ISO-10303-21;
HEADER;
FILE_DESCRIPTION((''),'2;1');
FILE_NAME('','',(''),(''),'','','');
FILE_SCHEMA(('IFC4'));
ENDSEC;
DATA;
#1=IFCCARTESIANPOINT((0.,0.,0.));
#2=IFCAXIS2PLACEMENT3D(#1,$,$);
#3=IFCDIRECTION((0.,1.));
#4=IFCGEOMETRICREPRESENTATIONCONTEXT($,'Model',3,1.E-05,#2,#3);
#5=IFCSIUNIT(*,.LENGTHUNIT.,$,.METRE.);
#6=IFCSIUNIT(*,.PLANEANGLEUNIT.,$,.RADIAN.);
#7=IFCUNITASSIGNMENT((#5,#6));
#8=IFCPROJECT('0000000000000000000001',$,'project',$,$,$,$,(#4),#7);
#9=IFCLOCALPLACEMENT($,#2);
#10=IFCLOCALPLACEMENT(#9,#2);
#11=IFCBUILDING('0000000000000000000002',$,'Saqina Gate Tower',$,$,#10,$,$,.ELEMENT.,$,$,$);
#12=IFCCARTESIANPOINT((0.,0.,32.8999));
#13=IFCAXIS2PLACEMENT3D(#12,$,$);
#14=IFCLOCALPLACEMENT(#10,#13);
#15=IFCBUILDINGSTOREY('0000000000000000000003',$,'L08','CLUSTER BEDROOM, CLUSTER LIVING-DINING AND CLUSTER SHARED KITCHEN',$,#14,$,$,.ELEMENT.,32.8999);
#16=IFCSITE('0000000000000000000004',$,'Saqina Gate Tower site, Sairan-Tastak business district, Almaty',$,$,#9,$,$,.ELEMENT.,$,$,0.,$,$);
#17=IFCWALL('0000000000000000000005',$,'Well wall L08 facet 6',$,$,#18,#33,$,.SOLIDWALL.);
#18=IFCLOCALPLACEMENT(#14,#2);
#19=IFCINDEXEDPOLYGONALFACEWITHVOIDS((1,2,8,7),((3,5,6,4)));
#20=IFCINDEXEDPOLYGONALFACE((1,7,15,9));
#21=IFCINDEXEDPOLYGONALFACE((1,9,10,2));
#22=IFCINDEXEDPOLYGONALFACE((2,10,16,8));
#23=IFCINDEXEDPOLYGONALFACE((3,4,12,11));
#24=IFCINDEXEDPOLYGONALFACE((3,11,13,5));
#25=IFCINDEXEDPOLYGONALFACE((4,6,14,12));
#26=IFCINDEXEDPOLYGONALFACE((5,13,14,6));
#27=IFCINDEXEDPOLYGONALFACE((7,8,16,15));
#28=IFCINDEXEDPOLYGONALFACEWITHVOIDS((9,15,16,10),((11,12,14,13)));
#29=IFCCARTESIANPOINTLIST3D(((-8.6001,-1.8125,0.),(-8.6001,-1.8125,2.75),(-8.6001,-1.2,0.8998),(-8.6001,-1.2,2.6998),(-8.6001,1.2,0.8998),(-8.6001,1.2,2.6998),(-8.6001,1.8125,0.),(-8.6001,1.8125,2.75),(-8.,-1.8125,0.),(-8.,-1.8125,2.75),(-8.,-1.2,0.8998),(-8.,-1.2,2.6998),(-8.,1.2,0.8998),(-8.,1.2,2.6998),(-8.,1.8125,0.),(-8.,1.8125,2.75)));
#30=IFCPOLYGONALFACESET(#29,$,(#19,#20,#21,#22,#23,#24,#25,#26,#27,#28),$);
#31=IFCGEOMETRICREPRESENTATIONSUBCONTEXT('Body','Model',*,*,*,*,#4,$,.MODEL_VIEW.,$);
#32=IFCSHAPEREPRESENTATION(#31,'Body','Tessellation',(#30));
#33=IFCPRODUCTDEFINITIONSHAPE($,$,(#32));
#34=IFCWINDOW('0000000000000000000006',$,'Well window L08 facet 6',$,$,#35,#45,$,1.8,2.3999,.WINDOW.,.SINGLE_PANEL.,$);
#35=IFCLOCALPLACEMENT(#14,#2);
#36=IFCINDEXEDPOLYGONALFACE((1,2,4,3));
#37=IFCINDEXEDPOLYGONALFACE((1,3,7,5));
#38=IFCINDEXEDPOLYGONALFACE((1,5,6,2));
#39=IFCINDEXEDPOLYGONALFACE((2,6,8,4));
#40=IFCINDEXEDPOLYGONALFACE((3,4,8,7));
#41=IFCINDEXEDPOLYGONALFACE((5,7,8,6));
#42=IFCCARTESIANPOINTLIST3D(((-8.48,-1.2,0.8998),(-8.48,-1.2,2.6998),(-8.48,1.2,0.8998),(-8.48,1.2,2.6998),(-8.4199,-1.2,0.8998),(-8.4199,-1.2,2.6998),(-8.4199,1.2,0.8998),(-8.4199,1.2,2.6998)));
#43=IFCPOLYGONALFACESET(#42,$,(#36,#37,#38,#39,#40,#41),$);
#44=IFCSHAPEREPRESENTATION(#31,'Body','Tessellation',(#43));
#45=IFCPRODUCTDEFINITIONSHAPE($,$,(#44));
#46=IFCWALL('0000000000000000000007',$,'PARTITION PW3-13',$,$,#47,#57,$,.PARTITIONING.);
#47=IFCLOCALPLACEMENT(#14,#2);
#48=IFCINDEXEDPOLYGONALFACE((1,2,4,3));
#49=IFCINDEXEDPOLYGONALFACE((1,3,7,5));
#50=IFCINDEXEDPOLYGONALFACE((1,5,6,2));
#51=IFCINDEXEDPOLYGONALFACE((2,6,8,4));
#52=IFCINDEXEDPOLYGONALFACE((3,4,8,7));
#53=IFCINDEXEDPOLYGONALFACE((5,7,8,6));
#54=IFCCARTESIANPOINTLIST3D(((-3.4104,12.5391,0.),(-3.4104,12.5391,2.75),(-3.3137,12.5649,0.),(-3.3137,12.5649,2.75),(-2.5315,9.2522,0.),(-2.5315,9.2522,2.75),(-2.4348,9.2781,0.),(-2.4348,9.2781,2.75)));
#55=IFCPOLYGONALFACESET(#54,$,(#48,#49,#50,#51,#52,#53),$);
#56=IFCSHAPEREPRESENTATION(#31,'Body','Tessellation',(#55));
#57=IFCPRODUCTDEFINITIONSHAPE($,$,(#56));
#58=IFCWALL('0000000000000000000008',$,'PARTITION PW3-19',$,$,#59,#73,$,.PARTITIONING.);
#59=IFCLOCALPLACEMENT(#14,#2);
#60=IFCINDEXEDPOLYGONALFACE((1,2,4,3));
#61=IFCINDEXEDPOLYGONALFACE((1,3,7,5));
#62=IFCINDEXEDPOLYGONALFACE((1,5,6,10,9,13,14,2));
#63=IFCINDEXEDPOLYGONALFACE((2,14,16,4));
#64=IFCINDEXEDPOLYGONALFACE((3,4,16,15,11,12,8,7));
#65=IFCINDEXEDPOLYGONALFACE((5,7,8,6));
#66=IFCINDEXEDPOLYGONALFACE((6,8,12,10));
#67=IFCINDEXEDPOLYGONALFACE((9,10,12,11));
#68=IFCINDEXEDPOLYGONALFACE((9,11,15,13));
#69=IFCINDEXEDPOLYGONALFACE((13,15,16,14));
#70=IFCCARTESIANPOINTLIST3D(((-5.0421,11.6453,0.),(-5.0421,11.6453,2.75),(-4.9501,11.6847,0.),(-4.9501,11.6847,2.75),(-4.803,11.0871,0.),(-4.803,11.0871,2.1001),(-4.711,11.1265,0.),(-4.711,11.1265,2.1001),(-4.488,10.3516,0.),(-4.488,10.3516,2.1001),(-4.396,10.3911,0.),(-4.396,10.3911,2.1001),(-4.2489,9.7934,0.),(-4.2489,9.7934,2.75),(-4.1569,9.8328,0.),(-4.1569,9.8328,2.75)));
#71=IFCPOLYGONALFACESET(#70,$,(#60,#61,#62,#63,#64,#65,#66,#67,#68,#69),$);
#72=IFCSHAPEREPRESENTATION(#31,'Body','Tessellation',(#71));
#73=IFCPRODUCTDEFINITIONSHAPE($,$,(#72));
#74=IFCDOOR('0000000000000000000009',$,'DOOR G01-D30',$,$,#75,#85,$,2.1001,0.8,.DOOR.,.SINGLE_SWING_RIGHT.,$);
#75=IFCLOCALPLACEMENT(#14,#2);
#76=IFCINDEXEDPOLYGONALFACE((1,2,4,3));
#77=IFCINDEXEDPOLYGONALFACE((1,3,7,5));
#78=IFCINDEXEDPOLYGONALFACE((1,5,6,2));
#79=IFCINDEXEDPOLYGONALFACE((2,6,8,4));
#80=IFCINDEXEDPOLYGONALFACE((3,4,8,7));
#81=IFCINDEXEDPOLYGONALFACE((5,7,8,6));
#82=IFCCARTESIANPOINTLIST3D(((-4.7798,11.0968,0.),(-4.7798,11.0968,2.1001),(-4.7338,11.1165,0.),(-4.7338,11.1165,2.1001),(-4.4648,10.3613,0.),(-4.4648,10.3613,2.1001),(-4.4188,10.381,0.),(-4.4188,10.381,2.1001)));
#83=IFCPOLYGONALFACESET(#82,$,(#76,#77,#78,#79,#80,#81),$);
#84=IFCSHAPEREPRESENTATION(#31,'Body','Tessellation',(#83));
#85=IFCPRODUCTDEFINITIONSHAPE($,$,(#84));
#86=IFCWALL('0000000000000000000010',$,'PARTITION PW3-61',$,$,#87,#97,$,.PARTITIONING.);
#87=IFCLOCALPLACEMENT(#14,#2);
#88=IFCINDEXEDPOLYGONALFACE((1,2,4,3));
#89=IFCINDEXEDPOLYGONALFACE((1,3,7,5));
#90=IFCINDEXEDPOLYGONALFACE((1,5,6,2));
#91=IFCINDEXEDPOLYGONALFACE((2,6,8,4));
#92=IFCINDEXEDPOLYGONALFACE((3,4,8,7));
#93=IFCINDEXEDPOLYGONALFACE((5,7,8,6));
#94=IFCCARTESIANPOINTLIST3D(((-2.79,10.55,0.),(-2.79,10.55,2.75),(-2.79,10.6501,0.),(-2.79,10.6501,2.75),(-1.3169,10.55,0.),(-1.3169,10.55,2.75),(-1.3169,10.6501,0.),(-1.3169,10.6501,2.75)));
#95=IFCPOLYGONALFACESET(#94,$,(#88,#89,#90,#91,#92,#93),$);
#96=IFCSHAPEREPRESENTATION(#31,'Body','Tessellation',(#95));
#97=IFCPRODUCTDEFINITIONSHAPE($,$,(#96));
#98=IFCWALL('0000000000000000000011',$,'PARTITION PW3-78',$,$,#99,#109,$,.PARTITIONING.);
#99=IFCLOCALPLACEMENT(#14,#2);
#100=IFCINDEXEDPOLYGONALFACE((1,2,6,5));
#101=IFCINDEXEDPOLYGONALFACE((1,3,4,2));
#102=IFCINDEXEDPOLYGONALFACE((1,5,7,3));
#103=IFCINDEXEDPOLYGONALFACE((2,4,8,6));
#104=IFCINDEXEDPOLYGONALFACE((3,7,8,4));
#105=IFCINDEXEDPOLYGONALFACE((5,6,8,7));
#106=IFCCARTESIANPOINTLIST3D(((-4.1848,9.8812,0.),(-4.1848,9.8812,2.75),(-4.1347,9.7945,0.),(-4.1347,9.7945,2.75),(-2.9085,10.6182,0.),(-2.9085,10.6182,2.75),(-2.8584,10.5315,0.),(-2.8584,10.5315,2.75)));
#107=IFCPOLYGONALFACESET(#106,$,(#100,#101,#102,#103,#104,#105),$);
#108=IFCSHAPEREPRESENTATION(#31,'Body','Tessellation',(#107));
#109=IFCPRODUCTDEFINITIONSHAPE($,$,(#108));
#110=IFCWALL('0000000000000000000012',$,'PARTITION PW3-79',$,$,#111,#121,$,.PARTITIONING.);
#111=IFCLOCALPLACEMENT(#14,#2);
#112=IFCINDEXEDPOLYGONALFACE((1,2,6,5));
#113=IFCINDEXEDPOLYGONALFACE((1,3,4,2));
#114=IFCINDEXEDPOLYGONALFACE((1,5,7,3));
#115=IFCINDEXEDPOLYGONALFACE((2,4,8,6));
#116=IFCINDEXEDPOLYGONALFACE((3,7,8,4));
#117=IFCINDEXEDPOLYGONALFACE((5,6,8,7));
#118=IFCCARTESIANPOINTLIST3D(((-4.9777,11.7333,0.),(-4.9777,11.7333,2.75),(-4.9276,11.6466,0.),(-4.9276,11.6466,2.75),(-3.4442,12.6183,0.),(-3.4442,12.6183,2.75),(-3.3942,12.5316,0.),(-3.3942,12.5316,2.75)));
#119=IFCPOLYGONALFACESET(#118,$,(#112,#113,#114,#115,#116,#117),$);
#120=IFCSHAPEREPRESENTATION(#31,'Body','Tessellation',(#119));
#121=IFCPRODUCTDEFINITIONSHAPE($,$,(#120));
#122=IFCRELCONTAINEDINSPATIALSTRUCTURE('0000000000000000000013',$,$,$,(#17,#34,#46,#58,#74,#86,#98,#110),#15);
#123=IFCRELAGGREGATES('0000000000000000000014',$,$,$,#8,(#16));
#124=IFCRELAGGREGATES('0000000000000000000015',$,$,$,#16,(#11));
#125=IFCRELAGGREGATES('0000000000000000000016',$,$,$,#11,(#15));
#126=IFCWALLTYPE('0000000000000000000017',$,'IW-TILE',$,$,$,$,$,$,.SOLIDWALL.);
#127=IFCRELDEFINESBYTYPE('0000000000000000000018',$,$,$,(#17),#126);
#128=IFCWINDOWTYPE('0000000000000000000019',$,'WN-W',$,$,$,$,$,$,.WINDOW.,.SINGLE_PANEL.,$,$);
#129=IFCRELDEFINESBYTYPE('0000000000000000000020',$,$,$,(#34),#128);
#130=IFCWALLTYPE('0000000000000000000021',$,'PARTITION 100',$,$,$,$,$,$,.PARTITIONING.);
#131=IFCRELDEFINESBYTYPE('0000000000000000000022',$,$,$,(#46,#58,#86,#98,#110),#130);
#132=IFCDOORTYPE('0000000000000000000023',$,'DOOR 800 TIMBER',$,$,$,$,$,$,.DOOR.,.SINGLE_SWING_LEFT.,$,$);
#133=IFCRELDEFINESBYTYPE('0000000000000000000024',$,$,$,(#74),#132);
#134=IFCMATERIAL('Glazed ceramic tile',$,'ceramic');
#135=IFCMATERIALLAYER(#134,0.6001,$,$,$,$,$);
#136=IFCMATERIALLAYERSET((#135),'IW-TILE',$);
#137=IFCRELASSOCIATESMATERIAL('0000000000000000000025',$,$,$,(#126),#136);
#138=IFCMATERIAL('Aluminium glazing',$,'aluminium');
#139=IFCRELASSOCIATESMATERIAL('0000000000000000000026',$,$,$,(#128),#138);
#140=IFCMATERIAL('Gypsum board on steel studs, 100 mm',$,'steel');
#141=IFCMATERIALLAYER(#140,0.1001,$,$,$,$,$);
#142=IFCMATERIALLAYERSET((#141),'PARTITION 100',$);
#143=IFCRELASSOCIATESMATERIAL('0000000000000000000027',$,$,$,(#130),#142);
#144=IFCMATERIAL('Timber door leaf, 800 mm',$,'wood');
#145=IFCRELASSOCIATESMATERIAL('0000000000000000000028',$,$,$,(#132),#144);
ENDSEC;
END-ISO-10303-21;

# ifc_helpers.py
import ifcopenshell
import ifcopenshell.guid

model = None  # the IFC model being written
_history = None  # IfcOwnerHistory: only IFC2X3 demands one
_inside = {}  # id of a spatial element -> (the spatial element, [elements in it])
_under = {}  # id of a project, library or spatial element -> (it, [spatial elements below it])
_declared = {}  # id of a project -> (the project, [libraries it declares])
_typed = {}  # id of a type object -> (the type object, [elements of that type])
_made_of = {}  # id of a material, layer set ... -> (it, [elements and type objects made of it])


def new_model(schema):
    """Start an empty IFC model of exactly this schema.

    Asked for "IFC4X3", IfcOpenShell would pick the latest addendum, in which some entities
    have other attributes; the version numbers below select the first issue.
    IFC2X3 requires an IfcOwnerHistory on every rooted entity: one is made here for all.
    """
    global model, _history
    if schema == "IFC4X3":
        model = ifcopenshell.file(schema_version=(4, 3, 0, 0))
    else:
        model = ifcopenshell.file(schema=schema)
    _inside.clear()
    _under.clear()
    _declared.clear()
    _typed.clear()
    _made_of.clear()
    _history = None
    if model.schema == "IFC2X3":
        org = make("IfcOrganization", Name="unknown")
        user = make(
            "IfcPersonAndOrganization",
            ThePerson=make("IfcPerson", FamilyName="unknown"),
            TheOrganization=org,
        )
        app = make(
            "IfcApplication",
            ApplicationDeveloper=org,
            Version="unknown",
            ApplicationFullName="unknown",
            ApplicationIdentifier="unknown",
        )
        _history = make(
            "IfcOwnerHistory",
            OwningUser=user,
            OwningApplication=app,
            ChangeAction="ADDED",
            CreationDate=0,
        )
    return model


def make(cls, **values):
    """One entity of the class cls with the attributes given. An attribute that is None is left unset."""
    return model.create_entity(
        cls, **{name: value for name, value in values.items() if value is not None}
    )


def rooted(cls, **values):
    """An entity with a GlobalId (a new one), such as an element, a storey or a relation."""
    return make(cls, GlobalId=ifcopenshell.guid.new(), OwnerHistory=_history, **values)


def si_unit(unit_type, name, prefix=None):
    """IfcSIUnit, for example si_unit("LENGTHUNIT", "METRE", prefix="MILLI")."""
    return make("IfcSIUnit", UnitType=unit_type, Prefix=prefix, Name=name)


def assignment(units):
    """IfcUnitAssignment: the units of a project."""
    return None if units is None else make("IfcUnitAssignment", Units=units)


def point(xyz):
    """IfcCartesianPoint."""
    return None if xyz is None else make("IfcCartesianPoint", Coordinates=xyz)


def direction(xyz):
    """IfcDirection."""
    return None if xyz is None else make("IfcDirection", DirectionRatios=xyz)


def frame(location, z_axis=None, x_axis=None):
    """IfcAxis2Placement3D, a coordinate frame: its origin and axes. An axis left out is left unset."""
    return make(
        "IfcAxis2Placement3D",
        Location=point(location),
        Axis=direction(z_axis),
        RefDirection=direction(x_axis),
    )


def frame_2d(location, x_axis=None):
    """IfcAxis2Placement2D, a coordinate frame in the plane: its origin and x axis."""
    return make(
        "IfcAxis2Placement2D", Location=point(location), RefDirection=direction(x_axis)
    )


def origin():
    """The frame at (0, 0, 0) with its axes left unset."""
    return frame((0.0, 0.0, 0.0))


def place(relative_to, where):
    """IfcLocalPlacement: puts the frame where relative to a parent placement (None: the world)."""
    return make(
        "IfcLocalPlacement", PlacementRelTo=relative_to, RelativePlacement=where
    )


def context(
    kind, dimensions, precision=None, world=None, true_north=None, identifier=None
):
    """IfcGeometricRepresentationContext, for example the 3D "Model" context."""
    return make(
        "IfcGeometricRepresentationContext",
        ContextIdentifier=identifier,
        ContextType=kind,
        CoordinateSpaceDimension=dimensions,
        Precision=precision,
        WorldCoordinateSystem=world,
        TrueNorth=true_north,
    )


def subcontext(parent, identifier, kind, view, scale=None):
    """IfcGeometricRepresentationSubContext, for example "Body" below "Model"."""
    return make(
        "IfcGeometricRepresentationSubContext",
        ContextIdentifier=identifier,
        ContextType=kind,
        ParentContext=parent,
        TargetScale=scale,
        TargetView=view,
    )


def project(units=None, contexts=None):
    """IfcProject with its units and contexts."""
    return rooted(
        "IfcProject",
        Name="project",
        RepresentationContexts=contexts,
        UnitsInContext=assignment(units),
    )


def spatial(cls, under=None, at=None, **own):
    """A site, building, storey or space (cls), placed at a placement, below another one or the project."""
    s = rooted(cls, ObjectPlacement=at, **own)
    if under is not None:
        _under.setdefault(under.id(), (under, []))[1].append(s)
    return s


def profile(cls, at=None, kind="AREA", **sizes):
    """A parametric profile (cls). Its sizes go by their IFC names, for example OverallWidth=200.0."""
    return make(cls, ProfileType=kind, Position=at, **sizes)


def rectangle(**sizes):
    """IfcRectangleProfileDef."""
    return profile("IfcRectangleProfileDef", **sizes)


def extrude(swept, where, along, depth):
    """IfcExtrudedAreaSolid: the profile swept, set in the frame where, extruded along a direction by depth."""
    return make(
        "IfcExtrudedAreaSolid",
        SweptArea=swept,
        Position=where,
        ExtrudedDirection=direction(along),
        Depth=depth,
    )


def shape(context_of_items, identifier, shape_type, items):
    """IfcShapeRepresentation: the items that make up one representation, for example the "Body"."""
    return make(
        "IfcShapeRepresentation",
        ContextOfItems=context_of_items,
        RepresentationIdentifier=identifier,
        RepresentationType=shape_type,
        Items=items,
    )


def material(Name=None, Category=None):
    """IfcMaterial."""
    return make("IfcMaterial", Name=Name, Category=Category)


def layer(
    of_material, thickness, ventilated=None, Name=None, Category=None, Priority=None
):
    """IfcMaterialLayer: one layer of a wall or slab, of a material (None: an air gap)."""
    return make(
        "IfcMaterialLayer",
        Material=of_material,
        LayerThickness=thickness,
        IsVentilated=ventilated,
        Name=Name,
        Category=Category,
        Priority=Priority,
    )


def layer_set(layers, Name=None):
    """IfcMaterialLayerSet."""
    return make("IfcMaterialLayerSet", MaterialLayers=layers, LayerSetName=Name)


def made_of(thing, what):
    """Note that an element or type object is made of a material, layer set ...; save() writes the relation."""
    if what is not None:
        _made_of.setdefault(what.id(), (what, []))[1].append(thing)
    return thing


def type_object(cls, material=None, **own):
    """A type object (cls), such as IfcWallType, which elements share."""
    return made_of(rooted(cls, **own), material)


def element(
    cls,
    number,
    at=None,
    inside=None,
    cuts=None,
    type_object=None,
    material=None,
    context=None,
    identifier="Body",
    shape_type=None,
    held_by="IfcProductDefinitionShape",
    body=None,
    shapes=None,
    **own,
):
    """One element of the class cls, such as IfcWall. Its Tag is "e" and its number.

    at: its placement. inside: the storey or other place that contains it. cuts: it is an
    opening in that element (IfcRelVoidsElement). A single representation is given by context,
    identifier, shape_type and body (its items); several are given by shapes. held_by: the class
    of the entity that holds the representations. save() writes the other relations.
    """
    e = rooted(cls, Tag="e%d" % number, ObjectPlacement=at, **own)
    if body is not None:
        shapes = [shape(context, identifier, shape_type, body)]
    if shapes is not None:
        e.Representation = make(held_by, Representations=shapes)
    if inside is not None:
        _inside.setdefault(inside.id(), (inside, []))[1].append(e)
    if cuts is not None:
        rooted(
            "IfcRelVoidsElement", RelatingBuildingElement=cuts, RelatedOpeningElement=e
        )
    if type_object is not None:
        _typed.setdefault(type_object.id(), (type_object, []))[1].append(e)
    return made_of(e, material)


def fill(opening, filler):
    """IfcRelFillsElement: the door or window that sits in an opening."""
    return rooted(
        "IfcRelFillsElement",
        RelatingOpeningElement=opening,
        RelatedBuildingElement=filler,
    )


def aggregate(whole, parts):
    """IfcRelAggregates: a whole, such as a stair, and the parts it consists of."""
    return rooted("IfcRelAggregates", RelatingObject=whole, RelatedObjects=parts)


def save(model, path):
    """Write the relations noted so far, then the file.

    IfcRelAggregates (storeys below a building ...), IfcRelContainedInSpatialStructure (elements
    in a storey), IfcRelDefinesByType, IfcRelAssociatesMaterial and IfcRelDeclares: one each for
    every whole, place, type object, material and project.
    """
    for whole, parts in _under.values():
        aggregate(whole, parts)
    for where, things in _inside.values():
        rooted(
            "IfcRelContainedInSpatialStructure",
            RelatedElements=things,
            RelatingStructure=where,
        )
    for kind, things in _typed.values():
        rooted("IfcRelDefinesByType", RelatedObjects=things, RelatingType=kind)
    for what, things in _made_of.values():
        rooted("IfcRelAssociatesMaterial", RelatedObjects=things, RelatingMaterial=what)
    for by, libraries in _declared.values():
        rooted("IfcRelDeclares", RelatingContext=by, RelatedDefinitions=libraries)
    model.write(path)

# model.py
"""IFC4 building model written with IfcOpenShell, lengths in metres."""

from ifc_helpers import new_model, si_unit, direction, frame, frame_2d, origin, place, context, subcontext, project, spatial, rectangle, extrude, material, layer, layer_set, type_object, element, fill, save


model = new_model("IFC4")

# Units and contexts
model_context = context("Model", 3, precision=1e-05, world=origin(), true_north=direction((0.0, 1.0)))
body_context = subcontext(model_context, "Body", "Model", "MODEL_VIEW")
ifc_project = project(units=[si_unit("LENGTHUNIT", "METRE"), si_unit("PLANEANGLEUNIT", "RADIAN")], contexts=[model_context])

# Site, building, storey
site_placement = place(None, origin())
site = spatial("IfcSite", under=ifc_project, at=site_placement, Name="Saqina Gate Tower site, Sairan-Tastak business district, Almaty", CompositionType="ELEMENT", RefElevation=0.0)
building_placement = place(site_placement, origin())
building = spatial("IfcBuilding", under=site, at=building_placement, Name="Saqina Gate Tower", CompositionType="ELEMENT")
storey_placement = place(building_placement, frame((0.0, 0.0, 32.8999)))
storey = spatial("IfcBuildingStorey", under=building, at=storey_placement, Name="L08", Description="CLUSTER BEDROOM, CLUSTER LIVING-DINING AND CLUSTER SHARED KITCHEN", CompositionType="ELEMENT", Elevation=32.8999)

# Wall, opening, window
ifc_material_1 = material(Name="Glazed ceramic tile", Category="ceramic")
ifc_layer_1 = layer(ifc_material_1, 0.6001)
ifc_layer_set_1 = layer_set([ifc_layer_1], Name="IW-TILE")
wall_type_1 = type_object("IfcWallType", Name="IW-TILE", PredefinedType="SOLIDWALL", material=ifc_layer_set_1)
ifc_material_2 = material(Name="Aluminium glazing", Category="aluminium")
window_type = type_object("IfcWindowType", Name="WN-W", PartitioningType="SINGLE_PANEL", PredefinedType="WINDOW", material=ifc_material_2)
wall_1_placement = place(storey_placement, frame((-8.3, 1.8125, 0.0), z_axis=(0.0, 0.0, 1.0), x_axis=(0.0, -1.0, 0.0)))
wall_1 = element("IfcWall", 1, at=wall_1_placement, inside=storey, type_object=wall_type_1, Name="Well wall L08 facet 6", PredefinedType="SOLIDWALL", context=body_context, shape_type="SweptSolid", body=[
    extrude(rectangle(XDim=3.625, YDim=0.6001, at=frame_2d((1.8125, 0.0))), origin(), (0.0, 0.0, 1.0), 2.75),
])
opening_1_placement = place(wall_1_placement, frame((0.6125, 0.0, 0.8999)))
opening_1 = element("IfcOpeningElement", 2, at=opening_1_placement, cuts=wall_1, PredefinedType="OPENING", context=body_context, shape_type="SweptSolid", body=[
    extrude(rectangle(XDim=2.3999, YDim=1.8, at=frame_2d((1.2, 0.8999))), frame((0.0, 0.312, 0.0), z_axis=(0.0, -1.0, 0.0), x_axis=(1.0, 0.0, 0.0)), (0.0, 0.0, 1.0), 0.624),
])
window_1_placement = place(opening_1_placement, origin())
window_1 = element("IfcWindow", 3, at=window_1_placement, inside=storey, type_object=window_type, Name="Well window L08 facet 6", OverallHeight=1.8, OverallWidth=2.3999, PartitioningType="SINGLE_PANEL", PredefinedType="WINDOW", context=body_context, shape_type="SweptSolid", body=[
    extrude(rectangle(XDim=2.3999, YDim=1.8, at=frame_2d((1.2, 0.8999))), frame((0.0, -0.1199, 0.0), z_axis=(0.0, -1.0, 0.0), x_axis=(1.0, 0.0, 0.0)), (0.0, 0.0, 1.0), 0.0601),
])
fill(opening_1, window_1)

# Wall
ifc_material_3 = material(Name="Gypsum board on steel studs, 100 mm", Category="steel")
ifc_layer_2 = layer(ifc_material_3, 0.1001)
ifc_layer_set_2 = layer_set([ifc_layer_2], Name="PARTITION 100")
wall_type_2 = type_object("IfcWallType", Name="PARTITION 100", PredefinedType="PARTITIONING", material=ifc_layer_set_2)
wall_2_placement = place(storey_placement, frame((-3.3621, 12.552, 0.0), z_axis=(0.0, 0.0, 1.0), x_axis=(0.258324, -0.966058, 0.0)))
element("IfcWall", 4, at=wall_2_placement, inside=storey, type_object=wall_type_2, Name="PARTITION PW3-13", PredefinedType="PARTITIONING", context=body_context, shape_type="SweptSolid", body=[
    extrude(rectangle(XDim=3.4023, YDim=0.1001, at=frame_2d((1.7012, 0.0))), origin(), (0.0, 0.0, 1.0), 2.75),
])

# Wall, opening, door
wall_3_placement = place(storey_placement, frame((-4.9961, 11.665, 0.0), z_axis=(0.0, 0.0, 1.0), x_axis=(0.3937, -0.919239, 0.0)))
wall_3 = element("IfcWall", 5, at=wall_3_placement, inside=storey, type_object=wall_type_2, Name="PARTITION PW3-19", PredefinedType="PARTITIONING", context=body_context, shape_type="SweptSolid", body=[
    extrude(rectangle(XDim=2.0146, YDim=0.1001, at=frame_2d((1.0073, 0.0))), origin(), (0.0, 0.0, 1.0), 2.75),
])
opening_2_placement = place(wall_3_placement, frame((0.6074, 0.0, 0.0)))
opening_2 = element("IfcOpeningElement", 6, at=opening_2_placement, cuts=wall_3, PredefinedType="OPENING", context=body_context, shape_type="SweptSolid", body=[
    extrude(rectangle(XDim=0.8, YDim=2.1001, at=frame_2d((0.3999, 1.05))), frame((0.0, 0.062, 0.0), z_axis=(0.0, -1.0, 0.0), x_axis=(1.0, 0.0, 0.0)), (0.0, 0.0, 1.0), 0.124),
])
ifc_material_4 = material(Name="Timber door leaf, 800 mm", Category="wood")
door_type = type_object("IfcDoorType", Name="DOOR 800 TIMBER", OperationType="SINGLE_SWING_LEFT", PredefinedType="DOOR", material=ifc_material_4)
door_placement = place(opening_2_placement, frame((0.8, 0.0, 0.0), z_axis=(0.0, 0.0, 1.0), x_axis=(-1.0, 0.0, 0.0)))
door = element("IfcDoor", 7, at=door_placement, inside=storey, type_object=door_type, Name="DOOR G01-D30", OperationType="SINGLE_SWING_RIGHT", OverallHeight=2.1001, OverallWidth=0.8, PredefinedType="DOOR", context=body_context, shape_type="SweptSolid", body=[
    extrude(rectangle(XDim=0.8, YDim=2.1001, at=frame_2d((0.3999, 1.05))), frame((0.0, 0.0249, 0.0), z_axis=(0.0, -1.0, 0.0), x_axis=(1.0, 0.0, 0.0)), (0.0, 0.0, 1.0), 0.05),
])
fill(opening_2, door)

# Walls
wall_4_placement = place(storey_placement, frame((-2.79, 10.6001, 0.0), z_axis=(0.0, 0.0, 1.0), x_axis=(1.0, 0.0, 0.0)))
element("IfcWall", 8, at=wall_4_placement, inside=storey, type_object=wall_type_2, Name="PARTITION PW3-61", PredefinedType="PARTITIONING", context=body_context, shape_type="SweptSolid", body=[
    extrude(rectangle(XDim=1.4731, YDim=0.1001, at=frame_2d((0.7366, 0.0))), origin(), (0.0, 0.0, 1.0), 2.75),
])
wall_5_placement = place(storey_placement, frame((-4.1597, 9.8379, 0.0), z_axis=(0.0, 0.0, 1.0), x_axis=(0.865981, 0.500076, 0.0)))
element("IfcWall", 9, at=wall_5_placement, inside=storey, type_object=wall_type_2, Name="PARTITION PW3-78", PredefinedType="PARTITIONING", context=body_context, shape_type="SweptSolid", body=[
    extrude(rectangle(XDim=1.4739, YDim=0.1001, at=frame_2d((0.7368, 0.0))), origin(), (0.0, 0.0, 1.0), 2.75),
])
wall_6_placement = place(storey_placement, frame((-4.9526, 11.6899, 0.0), z_axis=(0.0, 0.0, 1.0), x_axis=(0.866105, 0.499862, 0.0)))
element("IfcWall", 10, at=wall_6_placement, inside=storey, type_object=wall_type_2, Name="PARTITION PW3-79", PredefinedType="PARTITIONING", context=body_context, shape_type="SweptSolid", body=[
    extrude(rectangle(XDim=1.7705, YDim=0.1001, at=frame_2d((0.8853, 0.0))), origin(), (0.0, 0.0, 1.0), 2.75),
])

save(model, "model.ifc")
